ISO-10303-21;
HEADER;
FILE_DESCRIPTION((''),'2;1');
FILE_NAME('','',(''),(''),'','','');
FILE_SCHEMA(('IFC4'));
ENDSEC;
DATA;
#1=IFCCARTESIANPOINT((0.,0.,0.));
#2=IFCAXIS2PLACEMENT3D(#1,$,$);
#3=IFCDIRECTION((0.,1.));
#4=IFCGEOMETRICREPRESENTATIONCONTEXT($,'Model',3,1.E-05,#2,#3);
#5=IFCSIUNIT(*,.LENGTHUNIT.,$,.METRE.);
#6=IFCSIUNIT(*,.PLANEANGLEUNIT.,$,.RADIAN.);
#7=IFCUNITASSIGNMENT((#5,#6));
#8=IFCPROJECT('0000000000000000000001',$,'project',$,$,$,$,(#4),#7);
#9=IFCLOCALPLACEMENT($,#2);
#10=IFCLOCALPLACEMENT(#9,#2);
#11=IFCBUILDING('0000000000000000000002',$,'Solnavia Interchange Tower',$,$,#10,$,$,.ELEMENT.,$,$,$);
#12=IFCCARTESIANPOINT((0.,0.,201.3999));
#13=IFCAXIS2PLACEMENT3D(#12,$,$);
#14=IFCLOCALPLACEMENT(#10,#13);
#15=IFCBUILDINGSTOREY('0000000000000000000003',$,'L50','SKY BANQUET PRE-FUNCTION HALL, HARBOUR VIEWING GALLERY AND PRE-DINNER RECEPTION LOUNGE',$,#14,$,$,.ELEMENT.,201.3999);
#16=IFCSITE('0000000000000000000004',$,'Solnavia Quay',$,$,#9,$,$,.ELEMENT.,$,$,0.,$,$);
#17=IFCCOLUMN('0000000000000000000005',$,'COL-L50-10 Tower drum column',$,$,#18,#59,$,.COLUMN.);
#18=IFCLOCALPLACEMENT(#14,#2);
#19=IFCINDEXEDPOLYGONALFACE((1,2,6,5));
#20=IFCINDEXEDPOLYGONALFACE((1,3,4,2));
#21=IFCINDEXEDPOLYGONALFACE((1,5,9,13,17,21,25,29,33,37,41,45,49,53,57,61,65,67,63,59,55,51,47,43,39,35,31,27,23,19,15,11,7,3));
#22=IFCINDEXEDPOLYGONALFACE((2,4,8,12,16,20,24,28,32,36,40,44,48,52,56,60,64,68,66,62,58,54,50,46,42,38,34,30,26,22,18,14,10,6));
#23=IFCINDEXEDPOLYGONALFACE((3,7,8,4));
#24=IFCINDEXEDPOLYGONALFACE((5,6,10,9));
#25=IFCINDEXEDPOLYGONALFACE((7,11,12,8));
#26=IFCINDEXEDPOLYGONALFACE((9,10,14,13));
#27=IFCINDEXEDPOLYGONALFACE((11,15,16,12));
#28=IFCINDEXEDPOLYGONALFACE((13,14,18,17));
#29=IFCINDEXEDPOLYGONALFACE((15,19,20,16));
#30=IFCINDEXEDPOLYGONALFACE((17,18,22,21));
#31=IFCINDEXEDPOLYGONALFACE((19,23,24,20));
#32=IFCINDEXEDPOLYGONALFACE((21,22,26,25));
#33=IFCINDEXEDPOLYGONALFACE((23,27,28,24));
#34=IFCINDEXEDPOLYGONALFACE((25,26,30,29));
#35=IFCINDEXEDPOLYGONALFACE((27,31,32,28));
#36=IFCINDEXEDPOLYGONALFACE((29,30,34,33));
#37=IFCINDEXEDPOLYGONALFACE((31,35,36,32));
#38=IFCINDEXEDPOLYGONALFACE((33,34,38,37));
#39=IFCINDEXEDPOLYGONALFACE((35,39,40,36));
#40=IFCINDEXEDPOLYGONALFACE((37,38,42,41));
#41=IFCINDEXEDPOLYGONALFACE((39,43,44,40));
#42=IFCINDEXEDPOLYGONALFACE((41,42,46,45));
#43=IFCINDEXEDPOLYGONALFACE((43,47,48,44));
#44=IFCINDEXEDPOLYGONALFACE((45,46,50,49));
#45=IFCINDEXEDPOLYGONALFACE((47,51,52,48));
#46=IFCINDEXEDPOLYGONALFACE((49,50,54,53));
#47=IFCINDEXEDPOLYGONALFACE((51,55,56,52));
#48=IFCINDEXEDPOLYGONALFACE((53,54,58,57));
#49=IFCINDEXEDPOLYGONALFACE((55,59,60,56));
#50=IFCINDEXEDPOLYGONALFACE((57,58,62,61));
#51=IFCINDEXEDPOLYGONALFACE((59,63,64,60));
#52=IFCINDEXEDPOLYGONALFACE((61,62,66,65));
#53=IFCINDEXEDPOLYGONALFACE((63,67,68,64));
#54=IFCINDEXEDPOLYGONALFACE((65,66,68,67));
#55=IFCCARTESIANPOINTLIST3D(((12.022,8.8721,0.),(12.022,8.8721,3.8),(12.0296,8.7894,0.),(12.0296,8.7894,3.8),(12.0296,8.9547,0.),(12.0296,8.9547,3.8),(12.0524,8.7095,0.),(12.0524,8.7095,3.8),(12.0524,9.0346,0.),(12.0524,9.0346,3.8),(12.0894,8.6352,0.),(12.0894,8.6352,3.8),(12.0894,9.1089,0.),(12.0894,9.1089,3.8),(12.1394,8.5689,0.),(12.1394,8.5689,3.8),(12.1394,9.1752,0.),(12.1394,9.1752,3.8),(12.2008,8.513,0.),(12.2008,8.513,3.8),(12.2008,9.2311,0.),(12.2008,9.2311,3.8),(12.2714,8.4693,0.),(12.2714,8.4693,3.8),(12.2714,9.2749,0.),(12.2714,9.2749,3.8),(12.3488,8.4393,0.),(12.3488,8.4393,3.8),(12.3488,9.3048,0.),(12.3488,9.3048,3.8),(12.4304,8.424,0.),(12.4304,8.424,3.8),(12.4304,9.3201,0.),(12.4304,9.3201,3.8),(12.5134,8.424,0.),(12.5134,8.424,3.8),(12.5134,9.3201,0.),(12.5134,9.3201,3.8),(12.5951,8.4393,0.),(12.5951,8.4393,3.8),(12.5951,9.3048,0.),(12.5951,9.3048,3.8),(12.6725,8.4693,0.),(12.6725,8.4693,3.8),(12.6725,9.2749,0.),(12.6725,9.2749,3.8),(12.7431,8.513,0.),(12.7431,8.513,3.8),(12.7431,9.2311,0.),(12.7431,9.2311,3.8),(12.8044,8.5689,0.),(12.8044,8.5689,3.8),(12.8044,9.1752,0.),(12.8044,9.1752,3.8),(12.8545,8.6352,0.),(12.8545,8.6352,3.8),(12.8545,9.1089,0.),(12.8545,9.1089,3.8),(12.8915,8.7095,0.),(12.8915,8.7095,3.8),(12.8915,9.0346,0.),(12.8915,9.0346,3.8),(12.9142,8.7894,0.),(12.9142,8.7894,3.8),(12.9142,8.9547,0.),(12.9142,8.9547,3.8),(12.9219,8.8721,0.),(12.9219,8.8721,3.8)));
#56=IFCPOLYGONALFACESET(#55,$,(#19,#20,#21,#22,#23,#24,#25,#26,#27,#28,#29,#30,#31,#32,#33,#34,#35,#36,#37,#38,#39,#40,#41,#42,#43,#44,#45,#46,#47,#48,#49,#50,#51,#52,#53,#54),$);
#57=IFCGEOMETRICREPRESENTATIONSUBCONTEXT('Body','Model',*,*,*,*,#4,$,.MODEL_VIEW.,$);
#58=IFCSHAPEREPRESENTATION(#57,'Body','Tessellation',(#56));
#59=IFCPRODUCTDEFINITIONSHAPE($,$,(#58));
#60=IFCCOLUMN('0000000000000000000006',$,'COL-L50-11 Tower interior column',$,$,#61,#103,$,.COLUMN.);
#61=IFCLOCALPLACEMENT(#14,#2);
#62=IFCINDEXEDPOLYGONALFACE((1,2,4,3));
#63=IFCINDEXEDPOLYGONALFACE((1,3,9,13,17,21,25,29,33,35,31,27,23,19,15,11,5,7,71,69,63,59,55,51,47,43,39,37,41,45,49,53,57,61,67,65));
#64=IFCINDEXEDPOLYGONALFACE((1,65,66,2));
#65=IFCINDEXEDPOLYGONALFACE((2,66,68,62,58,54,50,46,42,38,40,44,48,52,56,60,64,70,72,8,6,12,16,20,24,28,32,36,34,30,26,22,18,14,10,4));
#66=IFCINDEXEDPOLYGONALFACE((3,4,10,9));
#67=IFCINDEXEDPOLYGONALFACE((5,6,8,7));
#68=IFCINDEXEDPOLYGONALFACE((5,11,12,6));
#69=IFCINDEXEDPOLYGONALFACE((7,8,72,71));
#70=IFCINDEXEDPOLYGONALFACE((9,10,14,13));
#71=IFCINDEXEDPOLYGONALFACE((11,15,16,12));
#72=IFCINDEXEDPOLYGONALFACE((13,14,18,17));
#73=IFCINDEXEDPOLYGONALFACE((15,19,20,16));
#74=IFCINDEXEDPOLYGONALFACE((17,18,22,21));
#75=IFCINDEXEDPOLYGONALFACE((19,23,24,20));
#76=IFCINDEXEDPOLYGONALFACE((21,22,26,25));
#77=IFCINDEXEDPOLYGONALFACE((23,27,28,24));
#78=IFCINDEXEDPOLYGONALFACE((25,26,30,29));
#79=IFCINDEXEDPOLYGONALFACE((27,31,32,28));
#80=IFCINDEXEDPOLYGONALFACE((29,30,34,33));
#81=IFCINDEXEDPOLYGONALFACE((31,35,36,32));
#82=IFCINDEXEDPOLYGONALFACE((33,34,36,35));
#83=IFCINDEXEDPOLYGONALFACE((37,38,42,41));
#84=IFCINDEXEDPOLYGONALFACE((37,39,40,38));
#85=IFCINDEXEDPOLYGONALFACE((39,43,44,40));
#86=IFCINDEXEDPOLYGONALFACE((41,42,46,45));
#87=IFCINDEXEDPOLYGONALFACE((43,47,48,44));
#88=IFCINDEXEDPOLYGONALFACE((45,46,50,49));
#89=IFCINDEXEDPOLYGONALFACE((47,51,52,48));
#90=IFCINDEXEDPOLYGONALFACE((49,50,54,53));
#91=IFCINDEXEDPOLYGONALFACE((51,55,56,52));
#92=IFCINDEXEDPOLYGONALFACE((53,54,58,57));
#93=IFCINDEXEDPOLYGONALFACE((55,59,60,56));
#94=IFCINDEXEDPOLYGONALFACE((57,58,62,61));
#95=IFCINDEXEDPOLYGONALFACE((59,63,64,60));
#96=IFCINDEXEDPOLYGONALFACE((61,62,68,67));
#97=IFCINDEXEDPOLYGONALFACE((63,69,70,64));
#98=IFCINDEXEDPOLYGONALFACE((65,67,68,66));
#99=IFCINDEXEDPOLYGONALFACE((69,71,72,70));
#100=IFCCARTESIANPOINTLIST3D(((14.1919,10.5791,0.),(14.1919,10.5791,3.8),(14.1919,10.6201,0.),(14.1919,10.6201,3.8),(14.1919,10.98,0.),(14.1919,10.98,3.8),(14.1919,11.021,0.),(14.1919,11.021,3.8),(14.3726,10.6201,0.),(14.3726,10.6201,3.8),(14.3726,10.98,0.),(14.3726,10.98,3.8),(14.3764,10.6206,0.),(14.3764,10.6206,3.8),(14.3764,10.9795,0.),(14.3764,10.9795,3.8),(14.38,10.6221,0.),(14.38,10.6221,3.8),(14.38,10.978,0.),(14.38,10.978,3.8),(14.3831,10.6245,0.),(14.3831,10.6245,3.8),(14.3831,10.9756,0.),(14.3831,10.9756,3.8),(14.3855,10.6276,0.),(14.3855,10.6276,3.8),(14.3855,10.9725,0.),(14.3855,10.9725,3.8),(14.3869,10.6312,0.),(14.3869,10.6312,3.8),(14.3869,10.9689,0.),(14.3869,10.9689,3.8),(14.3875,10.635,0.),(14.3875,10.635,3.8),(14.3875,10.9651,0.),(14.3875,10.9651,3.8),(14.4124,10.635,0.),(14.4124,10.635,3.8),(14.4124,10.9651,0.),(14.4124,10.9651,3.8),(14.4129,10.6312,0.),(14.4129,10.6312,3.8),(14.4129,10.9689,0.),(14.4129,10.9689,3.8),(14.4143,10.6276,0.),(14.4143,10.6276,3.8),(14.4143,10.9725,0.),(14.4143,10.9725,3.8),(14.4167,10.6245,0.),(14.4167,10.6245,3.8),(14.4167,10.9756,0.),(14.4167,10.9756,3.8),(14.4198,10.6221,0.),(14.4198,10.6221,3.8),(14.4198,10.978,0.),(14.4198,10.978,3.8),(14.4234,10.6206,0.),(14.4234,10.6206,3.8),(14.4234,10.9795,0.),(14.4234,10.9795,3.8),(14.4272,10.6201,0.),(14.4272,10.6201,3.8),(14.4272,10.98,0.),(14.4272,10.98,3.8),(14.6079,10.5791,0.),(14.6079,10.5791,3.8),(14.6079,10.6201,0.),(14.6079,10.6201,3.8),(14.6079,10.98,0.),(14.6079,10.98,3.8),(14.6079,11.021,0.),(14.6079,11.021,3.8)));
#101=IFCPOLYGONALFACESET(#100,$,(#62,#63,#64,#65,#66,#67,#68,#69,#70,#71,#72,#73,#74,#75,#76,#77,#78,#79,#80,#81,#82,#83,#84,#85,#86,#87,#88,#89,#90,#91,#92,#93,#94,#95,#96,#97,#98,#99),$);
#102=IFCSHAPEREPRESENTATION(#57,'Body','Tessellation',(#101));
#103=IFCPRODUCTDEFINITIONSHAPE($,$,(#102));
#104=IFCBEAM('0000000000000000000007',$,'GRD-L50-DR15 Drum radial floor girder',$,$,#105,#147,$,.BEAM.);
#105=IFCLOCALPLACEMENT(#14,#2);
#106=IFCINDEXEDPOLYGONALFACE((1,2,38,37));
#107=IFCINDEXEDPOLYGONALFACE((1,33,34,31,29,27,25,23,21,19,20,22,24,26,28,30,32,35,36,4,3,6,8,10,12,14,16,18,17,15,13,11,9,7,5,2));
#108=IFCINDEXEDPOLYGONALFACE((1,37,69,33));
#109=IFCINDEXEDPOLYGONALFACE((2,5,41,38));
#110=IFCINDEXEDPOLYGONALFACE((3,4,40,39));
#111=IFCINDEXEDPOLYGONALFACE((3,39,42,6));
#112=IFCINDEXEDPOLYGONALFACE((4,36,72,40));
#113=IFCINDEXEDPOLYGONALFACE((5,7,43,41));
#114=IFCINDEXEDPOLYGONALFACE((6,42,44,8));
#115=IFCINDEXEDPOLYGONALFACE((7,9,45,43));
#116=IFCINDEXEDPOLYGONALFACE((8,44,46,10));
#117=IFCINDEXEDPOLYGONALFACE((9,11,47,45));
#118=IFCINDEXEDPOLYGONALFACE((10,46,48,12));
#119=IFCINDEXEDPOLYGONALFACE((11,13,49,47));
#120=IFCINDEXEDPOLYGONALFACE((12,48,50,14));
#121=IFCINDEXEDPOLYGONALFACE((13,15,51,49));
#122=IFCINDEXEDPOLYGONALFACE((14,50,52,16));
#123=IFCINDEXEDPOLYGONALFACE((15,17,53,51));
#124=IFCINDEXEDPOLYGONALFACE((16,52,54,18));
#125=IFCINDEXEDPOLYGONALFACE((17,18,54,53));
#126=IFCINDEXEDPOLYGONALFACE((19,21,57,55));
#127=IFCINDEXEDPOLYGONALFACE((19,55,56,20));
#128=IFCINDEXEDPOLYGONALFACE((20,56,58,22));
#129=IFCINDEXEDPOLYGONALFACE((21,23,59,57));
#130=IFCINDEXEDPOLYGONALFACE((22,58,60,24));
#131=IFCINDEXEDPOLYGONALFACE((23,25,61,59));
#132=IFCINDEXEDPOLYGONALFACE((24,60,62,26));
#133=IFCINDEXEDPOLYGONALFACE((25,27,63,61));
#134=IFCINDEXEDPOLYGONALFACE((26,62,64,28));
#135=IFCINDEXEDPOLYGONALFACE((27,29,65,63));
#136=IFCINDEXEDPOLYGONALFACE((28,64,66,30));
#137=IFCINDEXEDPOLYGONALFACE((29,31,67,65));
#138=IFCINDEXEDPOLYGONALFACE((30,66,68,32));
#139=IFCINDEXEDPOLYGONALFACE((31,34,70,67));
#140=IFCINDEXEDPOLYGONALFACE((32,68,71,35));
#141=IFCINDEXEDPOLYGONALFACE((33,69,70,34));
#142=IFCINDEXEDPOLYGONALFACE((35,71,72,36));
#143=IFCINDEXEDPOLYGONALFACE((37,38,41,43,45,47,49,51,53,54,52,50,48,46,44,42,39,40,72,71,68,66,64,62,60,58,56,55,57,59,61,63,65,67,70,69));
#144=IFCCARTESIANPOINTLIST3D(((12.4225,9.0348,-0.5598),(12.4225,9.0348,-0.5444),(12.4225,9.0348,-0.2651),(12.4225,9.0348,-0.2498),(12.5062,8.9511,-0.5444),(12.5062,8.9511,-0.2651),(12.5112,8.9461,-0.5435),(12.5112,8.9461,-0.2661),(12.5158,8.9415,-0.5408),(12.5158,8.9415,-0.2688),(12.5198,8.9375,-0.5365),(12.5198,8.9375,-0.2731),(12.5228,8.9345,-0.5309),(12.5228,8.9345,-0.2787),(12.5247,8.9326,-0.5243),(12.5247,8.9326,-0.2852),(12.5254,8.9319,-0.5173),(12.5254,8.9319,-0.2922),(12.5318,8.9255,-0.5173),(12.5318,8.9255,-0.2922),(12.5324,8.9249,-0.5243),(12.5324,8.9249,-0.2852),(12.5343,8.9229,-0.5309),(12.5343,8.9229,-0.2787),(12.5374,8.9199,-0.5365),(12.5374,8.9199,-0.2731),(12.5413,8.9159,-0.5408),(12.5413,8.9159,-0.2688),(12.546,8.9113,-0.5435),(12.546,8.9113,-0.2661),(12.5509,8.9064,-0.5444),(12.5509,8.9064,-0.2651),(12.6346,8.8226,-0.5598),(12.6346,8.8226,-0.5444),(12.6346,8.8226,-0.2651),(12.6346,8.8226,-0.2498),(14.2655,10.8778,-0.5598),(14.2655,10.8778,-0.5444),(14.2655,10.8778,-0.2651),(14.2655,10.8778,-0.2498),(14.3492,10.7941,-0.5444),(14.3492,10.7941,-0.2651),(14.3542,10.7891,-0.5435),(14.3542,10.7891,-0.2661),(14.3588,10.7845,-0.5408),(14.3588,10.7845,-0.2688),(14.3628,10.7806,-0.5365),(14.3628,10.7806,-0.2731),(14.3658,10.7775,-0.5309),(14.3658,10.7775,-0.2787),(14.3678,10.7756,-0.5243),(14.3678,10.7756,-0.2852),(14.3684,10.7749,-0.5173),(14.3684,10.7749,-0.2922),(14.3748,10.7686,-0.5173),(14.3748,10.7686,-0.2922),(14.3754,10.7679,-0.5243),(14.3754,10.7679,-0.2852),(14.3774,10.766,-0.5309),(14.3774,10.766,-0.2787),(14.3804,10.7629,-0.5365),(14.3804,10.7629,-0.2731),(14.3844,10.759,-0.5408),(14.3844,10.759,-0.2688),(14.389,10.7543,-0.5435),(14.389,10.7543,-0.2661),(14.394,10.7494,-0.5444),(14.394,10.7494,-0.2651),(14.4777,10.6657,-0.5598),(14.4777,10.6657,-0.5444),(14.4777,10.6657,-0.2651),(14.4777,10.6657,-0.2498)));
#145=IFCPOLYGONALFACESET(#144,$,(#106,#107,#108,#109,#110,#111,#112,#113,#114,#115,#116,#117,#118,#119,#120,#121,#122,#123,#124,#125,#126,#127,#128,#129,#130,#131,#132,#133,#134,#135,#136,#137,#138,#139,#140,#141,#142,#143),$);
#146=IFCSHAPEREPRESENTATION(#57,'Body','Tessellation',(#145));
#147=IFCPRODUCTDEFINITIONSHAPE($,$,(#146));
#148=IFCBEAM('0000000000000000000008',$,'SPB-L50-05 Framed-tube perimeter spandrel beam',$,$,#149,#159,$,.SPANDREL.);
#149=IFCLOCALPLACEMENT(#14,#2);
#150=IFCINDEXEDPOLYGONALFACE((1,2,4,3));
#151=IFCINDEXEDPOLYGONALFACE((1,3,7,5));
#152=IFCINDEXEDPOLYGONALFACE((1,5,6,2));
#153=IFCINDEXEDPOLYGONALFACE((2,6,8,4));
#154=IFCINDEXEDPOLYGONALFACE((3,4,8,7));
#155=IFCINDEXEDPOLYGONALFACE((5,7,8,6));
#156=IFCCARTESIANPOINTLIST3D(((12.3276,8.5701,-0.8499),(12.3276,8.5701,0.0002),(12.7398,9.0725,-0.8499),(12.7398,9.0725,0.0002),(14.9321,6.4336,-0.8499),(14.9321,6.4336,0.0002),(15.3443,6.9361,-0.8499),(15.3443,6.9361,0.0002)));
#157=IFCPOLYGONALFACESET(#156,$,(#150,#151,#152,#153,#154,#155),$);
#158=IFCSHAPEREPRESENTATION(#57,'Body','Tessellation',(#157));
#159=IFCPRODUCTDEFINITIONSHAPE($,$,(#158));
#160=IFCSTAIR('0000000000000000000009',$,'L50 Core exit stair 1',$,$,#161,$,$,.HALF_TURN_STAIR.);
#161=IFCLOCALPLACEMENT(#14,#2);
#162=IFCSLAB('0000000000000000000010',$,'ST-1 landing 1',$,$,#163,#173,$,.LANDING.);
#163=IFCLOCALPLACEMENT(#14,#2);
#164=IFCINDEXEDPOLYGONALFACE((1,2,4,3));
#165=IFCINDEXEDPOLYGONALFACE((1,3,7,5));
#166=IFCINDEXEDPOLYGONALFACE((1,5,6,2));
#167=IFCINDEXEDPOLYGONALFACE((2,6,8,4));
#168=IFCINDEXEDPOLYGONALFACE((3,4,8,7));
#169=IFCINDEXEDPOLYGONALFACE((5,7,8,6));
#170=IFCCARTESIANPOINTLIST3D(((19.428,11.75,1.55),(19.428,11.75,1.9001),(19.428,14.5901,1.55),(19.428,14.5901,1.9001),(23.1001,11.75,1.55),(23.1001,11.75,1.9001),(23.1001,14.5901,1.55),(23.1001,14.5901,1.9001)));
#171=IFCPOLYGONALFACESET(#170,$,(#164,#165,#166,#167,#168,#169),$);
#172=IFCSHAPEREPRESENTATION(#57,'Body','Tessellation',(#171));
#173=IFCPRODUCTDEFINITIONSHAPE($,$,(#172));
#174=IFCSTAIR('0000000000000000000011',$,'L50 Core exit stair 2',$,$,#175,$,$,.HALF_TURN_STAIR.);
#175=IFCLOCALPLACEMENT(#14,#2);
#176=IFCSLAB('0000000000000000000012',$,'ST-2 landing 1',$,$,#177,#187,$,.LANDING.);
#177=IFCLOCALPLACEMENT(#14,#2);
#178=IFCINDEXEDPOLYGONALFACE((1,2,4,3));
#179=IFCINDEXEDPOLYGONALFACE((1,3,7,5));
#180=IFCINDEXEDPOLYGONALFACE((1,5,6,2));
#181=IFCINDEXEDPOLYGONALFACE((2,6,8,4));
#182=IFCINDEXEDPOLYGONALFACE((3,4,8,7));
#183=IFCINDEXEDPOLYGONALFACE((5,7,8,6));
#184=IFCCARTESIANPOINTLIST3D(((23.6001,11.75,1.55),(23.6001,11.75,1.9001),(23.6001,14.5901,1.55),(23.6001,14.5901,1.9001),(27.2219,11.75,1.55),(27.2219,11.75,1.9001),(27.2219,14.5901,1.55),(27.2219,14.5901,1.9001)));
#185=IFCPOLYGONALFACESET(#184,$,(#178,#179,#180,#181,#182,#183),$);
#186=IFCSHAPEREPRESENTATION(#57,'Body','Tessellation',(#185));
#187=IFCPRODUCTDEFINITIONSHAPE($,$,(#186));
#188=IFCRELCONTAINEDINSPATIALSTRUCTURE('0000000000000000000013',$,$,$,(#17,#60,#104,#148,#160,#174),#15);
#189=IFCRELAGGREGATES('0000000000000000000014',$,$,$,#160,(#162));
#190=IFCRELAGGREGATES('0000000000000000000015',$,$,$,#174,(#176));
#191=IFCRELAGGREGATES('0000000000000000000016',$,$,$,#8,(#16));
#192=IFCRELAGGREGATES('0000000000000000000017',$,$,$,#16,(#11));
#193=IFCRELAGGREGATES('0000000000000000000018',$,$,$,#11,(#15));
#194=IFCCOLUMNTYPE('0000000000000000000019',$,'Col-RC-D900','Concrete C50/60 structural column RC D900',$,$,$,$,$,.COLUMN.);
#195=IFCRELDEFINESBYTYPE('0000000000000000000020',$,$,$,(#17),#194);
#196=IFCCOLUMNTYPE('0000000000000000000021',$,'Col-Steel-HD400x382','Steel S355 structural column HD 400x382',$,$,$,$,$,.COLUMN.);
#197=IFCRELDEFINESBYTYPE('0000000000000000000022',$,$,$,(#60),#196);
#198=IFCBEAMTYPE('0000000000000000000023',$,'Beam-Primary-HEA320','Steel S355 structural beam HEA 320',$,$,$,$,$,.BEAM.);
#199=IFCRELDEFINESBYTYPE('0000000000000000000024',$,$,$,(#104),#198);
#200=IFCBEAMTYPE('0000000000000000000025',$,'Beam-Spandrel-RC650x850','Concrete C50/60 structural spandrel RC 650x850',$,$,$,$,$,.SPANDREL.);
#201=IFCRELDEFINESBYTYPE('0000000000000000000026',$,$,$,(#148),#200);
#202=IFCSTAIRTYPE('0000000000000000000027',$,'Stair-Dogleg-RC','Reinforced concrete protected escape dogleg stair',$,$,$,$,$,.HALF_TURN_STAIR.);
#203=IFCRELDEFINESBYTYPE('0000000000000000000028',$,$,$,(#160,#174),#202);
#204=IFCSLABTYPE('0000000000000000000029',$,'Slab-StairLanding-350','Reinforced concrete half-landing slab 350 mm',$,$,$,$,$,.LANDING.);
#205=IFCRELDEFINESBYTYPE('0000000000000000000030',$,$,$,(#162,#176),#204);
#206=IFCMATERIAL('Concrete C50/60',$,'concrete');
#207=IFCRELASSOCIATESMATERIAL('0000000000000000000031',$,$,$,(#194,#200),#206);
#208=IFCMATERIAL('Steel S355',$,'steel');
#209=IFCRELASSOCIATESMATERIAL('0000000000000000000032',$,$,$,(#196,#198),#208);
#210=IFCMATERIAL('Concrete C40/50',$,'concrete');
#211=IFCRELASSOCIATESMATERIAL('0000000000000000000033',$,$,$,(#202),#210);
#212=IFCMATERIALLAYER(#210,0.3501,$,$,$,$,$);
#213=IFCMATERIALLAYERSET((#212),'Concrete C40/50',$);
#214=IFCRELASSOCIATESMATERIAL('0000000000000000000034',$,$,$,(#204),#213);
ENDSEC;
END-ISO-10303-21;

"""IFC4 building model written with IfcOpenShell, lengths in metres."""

from ifc_helpers import new_model, si_unit, direction, frame, origin, origin_2d, place, context, subcontext, project, spatial, polyline, rectangle, circle, i_section, outline, extrude, material, layer, layer_set, material_profile, profile_set, type_object, element, aggregate, save


model = new_model("IFC4")

# Units and contexts
model_context = context("Model", 3, precision=1e-05, world=origin(), true_north=direction((0.0, 1.0)))
body_context = subcontext(model_context, "Body", "Model", "MODEL_VIEW")
ifc_project = project(units=[si_unit("LENGTHUNIT", "METRE"), si_unit("PLANEANGLEUNIT", "RADIAN")], contexts=[model_context])

# Site, building, storey
site_placement = place(None, origin())
site = spatial("IfcSite", under=ifc_project, at=site_placement, Name="Solnavia Quay", CompositionType="ELEMENT", RefElevation=0.0)
building_placement = place(site_placement, origin())
building = spatial("IfcBuilding", under=site, at=building_placement, Name="Solnavia Interchange Tower", CompositionType="ELEMENT")
storey_placement = place(building_placement, frame((0.0, 0.0, 201.3999)))
storey = spatial("IfcBuildingStorey", under=building, at=storey_placement, Name="L50", Description="SKY BANQUET PRE-FUNCTION HALL, HARBOUR VIEWING GALLERY AND PRE-DINNER RECEPTION LOUNGE", CompositionType="ELEMENT", Elevation=201.3999)

# Columns
ifc_material_1 = material(Name="Concrete C50/60", Category="concrete")
ifc_material_profile_1 = material_profile(ifc_material_1, circle(Radius=0.45, at=origin_2d()), Name="RC D900")
ifc_profile_set_1 = profile_set([ifc_material_profile_1], Name="Concrete C50/60")
column_type_1 = type_object("IfcColumnType", Name="Col-RC-D900", Description="Concrete C50/60 structural column RC D900", PredefinedType="COLUMN", material=ifc_profile_set_1)
column_1_placement = place(storey_placement, frame((12.4719, 8.8721, 0.0), z_axis=(0.0, 0.0, 1.0), x_axis=(1.0, 0.0, 0.0)))
element("IfcColumn", 1, at=column_1_placement, inside=storey, type_object=column_type_1, Name="COL-L50-10 Tower drum column", PredefinedType="COLUMN", context=body_context, shape_type="SweptSolid", body=[
    extrude(circle(Radius=0.45, at=origin_2d()), origin(), (0.0, 0.0, 1.0), 3.8),
])
ifc_material_2 = material(Name="Steel S355", Category="steel")
ifc_material_profile_2 = material_profile(ifc_material_2, i_section(OverallWidth=0.416, OverallDepth=0.4419, WebThickness=0.0249, FlangeThickness=0.041, FilletRadius=0.0149, at=origin_2d()), Name="HD 400x382")
ifc_profile_set_2 = profile_set([ifc_material_profile_2], Name="Steel S355")
column_type_2 = type_object("IfcColumnType", Name="Col-Steel-HD400x382", Description="Steel S355 structural column HD 400x382", PredefinedType="COLUMN", material=ifc_profile_set_2)
column_2_placement = place(storey_placement, frame((14.3999, 10.8, 0.0), z_axis=(0.0, 0.0, 1.0), x_axis=(1.0, 0.0, 0.0)))
element("IfcColumn", 2, at=column_2_placement, inside=storey, type_object=column_type_2, Name="COL-L50-11 Tower interior column", PredefinedType="COLUMN", context=body_context, shape_type="SweptSolid", body=[
    extrude(i_section(OverallWidth=0.416, OverallDepth=0.4419, WebThickness=0.0249, FlangeThickness=0.041, FilletRadius=0.0149, at=origin_2d()), origin(), (0.0, 0.0, 1.0), 3.8),
])

# Beams
ifc_material_profile_3 = material_profile(ifc_material_2, i_section(OverallWidth=0.3, OverallDepth=0.3101, WebThickness=0.009, FlangeThickness=0.0154, FilletRadius=0.0271, at=origin_2d()), Name="HEA 320")
ifc_profile_set_3 = profile_set([ifc_material_profile_3], Name="Steel S355")
beam_type_1 = type_object("IfcBeamType", Name="Beam-Primary-HEA320", Description="Steel S355 structural beam HEA 320", PredefinedType="BEAM", material=ifc_profile_set_3)
beam_1_placement = place(storey_placement, frame((12.5286, 8.9287, -0.4048), z_axis=(0.707107, 0.707107, 0.0), x_axis=(-0.707107, 0.707107, 0.0)))
element("IfcBeam", 3, at=beam_1_placement, inside=storey, type_object=beam_type_1, Name="GRD-L50-DR15 Drum radial floor girder", PredefinedType="BEAM", context=body_context, shape_type="SweptSolid", body=[
    extrude(i_section(OverallWidth=0.3, OverallDepth=0.3101, WebThickness=0.009, FlangeThickness=0.0154, FilletRadius=0.0271, at=origin_2d()), origin(), (0.0, 0.0, 1.0), 2.6064),
])
ifc_material_profile_4 = material_profile(ifc_material_1, rectangle(XDim=0.6499, YDim=0.8501, at=origin_2d()), Name="RC 650x850")
ifc_profile_set_4 = profile_set([ifc_material_profile_4], Name="Concrete C50/60")
beam_type_2 = type_object("IfcBeamType", Name="Beam-Spandrel-RC650x850", Description="Concrete C50/60 structural spandrel RC 650x850", PredefinedType="SPANDREL", material=ifc_profile_set_4)
beam_2_placement = place(storey_placement, frame((12.5337, 8.8213, -0.4248), z_axis=(0.773153, -0.63422, 0.0), x_axis=(0.63422, 0.773153, 0.0)))
element("IfcBeam", 4, at=beam_2_placement, inside=storey, type_object=beam_type_2, Name="SPB-L50-05 Framed-tube perimeter spandrel beam", PredefinedType="SPANDREL", context=body_context, shape_type="SweptSolid", body=[
    extrude(rectangle(XDim=0.6499, YDim=0.8501, at=origin_2d()), origin(), (0.0, 0.0, 1.0), 3.3687),
])

# Stairs, slabs
ifc_material_3 = material(Name="Concrete C40/50", Category="concrete")
stair_type = type_object("IfcStairType", Name="Stair-Dogleg-RC", Description="Reinforced concrete protected escape dogleg stair", PredefinedType="HALF_TURN_STAIR", material=ifc_material_3)
stair_1_placement = place(storey_placement, origin())
stair_1 = element("IfcStair", 5, at=stair_1_placement, inside=storey, type_object=stair_type, Name="L50 Core exit stair 1", PredefinedType="HALF_TURN_STAIR")
ifc_layer_1 = layer(ifc_material_3, 0.3501)
ifc_layer_set_1 = layer_set([ifc_layer_1], Name="Concrete C40/50")
slab_type_1 = type_object("IfcSlabType", Name="Slab-StairLanding-350", Description="Reinforced concrete half-landing slab 350 mm", PredefinedType="LANDING", material=ifc_layer_set_1)
slab_1_placement = place(storey_placement, frame((0.0, 0.0, 1.55)))
slab_1 = element("IfcSlab", 6, at=slab_1_placement, type_object=slab_type_1, Name="ST-1 landing 1", PredefinedType="LANDING", context=body_context, shape_type="SweptSolid", body=[
    extrude(outline(polyline([(19.428, 11.75), (23.1001, 11.75), (23.1001, 14.5901), (19.428, 14.5901), (19.428, 11.75)])), origin(), (0.0, 0.0, 1.0), 0.3501),
])
aggregate(stair_1, [slab_1])
stair_2_placement = place(storey_placement, origin())
stair_2 = element("IfcStair", 7, at=stair_2_placement, inside=storey, type_object=stair_type, Name="L50 Core exit stair 2", PredefinedType="HALF_TURN_STAIR")
slab_2_placement = place(storey_placement, frame((0.0, 0.0, 1.55)))
slab_2 = element("IfcSlab", 8, at=slab_2_placement, type_object=slab_type_1, Name="ST-2 landing 1", PredefinedType="LANDING", context=body_context, shape_type="SweptSolid", body=[
    extrude(outline(polyline([(23.6001, 11.75), (27.2219, 11.75), (27.2219, 14.5901), (23.6001, 14.5901), (23.6001, 11.75)])), origin(), (0.0, 0.0, 1.0), 0.3501),
])
aggregate(stair_2, [slab_2])

save(model, "model.ifc")
